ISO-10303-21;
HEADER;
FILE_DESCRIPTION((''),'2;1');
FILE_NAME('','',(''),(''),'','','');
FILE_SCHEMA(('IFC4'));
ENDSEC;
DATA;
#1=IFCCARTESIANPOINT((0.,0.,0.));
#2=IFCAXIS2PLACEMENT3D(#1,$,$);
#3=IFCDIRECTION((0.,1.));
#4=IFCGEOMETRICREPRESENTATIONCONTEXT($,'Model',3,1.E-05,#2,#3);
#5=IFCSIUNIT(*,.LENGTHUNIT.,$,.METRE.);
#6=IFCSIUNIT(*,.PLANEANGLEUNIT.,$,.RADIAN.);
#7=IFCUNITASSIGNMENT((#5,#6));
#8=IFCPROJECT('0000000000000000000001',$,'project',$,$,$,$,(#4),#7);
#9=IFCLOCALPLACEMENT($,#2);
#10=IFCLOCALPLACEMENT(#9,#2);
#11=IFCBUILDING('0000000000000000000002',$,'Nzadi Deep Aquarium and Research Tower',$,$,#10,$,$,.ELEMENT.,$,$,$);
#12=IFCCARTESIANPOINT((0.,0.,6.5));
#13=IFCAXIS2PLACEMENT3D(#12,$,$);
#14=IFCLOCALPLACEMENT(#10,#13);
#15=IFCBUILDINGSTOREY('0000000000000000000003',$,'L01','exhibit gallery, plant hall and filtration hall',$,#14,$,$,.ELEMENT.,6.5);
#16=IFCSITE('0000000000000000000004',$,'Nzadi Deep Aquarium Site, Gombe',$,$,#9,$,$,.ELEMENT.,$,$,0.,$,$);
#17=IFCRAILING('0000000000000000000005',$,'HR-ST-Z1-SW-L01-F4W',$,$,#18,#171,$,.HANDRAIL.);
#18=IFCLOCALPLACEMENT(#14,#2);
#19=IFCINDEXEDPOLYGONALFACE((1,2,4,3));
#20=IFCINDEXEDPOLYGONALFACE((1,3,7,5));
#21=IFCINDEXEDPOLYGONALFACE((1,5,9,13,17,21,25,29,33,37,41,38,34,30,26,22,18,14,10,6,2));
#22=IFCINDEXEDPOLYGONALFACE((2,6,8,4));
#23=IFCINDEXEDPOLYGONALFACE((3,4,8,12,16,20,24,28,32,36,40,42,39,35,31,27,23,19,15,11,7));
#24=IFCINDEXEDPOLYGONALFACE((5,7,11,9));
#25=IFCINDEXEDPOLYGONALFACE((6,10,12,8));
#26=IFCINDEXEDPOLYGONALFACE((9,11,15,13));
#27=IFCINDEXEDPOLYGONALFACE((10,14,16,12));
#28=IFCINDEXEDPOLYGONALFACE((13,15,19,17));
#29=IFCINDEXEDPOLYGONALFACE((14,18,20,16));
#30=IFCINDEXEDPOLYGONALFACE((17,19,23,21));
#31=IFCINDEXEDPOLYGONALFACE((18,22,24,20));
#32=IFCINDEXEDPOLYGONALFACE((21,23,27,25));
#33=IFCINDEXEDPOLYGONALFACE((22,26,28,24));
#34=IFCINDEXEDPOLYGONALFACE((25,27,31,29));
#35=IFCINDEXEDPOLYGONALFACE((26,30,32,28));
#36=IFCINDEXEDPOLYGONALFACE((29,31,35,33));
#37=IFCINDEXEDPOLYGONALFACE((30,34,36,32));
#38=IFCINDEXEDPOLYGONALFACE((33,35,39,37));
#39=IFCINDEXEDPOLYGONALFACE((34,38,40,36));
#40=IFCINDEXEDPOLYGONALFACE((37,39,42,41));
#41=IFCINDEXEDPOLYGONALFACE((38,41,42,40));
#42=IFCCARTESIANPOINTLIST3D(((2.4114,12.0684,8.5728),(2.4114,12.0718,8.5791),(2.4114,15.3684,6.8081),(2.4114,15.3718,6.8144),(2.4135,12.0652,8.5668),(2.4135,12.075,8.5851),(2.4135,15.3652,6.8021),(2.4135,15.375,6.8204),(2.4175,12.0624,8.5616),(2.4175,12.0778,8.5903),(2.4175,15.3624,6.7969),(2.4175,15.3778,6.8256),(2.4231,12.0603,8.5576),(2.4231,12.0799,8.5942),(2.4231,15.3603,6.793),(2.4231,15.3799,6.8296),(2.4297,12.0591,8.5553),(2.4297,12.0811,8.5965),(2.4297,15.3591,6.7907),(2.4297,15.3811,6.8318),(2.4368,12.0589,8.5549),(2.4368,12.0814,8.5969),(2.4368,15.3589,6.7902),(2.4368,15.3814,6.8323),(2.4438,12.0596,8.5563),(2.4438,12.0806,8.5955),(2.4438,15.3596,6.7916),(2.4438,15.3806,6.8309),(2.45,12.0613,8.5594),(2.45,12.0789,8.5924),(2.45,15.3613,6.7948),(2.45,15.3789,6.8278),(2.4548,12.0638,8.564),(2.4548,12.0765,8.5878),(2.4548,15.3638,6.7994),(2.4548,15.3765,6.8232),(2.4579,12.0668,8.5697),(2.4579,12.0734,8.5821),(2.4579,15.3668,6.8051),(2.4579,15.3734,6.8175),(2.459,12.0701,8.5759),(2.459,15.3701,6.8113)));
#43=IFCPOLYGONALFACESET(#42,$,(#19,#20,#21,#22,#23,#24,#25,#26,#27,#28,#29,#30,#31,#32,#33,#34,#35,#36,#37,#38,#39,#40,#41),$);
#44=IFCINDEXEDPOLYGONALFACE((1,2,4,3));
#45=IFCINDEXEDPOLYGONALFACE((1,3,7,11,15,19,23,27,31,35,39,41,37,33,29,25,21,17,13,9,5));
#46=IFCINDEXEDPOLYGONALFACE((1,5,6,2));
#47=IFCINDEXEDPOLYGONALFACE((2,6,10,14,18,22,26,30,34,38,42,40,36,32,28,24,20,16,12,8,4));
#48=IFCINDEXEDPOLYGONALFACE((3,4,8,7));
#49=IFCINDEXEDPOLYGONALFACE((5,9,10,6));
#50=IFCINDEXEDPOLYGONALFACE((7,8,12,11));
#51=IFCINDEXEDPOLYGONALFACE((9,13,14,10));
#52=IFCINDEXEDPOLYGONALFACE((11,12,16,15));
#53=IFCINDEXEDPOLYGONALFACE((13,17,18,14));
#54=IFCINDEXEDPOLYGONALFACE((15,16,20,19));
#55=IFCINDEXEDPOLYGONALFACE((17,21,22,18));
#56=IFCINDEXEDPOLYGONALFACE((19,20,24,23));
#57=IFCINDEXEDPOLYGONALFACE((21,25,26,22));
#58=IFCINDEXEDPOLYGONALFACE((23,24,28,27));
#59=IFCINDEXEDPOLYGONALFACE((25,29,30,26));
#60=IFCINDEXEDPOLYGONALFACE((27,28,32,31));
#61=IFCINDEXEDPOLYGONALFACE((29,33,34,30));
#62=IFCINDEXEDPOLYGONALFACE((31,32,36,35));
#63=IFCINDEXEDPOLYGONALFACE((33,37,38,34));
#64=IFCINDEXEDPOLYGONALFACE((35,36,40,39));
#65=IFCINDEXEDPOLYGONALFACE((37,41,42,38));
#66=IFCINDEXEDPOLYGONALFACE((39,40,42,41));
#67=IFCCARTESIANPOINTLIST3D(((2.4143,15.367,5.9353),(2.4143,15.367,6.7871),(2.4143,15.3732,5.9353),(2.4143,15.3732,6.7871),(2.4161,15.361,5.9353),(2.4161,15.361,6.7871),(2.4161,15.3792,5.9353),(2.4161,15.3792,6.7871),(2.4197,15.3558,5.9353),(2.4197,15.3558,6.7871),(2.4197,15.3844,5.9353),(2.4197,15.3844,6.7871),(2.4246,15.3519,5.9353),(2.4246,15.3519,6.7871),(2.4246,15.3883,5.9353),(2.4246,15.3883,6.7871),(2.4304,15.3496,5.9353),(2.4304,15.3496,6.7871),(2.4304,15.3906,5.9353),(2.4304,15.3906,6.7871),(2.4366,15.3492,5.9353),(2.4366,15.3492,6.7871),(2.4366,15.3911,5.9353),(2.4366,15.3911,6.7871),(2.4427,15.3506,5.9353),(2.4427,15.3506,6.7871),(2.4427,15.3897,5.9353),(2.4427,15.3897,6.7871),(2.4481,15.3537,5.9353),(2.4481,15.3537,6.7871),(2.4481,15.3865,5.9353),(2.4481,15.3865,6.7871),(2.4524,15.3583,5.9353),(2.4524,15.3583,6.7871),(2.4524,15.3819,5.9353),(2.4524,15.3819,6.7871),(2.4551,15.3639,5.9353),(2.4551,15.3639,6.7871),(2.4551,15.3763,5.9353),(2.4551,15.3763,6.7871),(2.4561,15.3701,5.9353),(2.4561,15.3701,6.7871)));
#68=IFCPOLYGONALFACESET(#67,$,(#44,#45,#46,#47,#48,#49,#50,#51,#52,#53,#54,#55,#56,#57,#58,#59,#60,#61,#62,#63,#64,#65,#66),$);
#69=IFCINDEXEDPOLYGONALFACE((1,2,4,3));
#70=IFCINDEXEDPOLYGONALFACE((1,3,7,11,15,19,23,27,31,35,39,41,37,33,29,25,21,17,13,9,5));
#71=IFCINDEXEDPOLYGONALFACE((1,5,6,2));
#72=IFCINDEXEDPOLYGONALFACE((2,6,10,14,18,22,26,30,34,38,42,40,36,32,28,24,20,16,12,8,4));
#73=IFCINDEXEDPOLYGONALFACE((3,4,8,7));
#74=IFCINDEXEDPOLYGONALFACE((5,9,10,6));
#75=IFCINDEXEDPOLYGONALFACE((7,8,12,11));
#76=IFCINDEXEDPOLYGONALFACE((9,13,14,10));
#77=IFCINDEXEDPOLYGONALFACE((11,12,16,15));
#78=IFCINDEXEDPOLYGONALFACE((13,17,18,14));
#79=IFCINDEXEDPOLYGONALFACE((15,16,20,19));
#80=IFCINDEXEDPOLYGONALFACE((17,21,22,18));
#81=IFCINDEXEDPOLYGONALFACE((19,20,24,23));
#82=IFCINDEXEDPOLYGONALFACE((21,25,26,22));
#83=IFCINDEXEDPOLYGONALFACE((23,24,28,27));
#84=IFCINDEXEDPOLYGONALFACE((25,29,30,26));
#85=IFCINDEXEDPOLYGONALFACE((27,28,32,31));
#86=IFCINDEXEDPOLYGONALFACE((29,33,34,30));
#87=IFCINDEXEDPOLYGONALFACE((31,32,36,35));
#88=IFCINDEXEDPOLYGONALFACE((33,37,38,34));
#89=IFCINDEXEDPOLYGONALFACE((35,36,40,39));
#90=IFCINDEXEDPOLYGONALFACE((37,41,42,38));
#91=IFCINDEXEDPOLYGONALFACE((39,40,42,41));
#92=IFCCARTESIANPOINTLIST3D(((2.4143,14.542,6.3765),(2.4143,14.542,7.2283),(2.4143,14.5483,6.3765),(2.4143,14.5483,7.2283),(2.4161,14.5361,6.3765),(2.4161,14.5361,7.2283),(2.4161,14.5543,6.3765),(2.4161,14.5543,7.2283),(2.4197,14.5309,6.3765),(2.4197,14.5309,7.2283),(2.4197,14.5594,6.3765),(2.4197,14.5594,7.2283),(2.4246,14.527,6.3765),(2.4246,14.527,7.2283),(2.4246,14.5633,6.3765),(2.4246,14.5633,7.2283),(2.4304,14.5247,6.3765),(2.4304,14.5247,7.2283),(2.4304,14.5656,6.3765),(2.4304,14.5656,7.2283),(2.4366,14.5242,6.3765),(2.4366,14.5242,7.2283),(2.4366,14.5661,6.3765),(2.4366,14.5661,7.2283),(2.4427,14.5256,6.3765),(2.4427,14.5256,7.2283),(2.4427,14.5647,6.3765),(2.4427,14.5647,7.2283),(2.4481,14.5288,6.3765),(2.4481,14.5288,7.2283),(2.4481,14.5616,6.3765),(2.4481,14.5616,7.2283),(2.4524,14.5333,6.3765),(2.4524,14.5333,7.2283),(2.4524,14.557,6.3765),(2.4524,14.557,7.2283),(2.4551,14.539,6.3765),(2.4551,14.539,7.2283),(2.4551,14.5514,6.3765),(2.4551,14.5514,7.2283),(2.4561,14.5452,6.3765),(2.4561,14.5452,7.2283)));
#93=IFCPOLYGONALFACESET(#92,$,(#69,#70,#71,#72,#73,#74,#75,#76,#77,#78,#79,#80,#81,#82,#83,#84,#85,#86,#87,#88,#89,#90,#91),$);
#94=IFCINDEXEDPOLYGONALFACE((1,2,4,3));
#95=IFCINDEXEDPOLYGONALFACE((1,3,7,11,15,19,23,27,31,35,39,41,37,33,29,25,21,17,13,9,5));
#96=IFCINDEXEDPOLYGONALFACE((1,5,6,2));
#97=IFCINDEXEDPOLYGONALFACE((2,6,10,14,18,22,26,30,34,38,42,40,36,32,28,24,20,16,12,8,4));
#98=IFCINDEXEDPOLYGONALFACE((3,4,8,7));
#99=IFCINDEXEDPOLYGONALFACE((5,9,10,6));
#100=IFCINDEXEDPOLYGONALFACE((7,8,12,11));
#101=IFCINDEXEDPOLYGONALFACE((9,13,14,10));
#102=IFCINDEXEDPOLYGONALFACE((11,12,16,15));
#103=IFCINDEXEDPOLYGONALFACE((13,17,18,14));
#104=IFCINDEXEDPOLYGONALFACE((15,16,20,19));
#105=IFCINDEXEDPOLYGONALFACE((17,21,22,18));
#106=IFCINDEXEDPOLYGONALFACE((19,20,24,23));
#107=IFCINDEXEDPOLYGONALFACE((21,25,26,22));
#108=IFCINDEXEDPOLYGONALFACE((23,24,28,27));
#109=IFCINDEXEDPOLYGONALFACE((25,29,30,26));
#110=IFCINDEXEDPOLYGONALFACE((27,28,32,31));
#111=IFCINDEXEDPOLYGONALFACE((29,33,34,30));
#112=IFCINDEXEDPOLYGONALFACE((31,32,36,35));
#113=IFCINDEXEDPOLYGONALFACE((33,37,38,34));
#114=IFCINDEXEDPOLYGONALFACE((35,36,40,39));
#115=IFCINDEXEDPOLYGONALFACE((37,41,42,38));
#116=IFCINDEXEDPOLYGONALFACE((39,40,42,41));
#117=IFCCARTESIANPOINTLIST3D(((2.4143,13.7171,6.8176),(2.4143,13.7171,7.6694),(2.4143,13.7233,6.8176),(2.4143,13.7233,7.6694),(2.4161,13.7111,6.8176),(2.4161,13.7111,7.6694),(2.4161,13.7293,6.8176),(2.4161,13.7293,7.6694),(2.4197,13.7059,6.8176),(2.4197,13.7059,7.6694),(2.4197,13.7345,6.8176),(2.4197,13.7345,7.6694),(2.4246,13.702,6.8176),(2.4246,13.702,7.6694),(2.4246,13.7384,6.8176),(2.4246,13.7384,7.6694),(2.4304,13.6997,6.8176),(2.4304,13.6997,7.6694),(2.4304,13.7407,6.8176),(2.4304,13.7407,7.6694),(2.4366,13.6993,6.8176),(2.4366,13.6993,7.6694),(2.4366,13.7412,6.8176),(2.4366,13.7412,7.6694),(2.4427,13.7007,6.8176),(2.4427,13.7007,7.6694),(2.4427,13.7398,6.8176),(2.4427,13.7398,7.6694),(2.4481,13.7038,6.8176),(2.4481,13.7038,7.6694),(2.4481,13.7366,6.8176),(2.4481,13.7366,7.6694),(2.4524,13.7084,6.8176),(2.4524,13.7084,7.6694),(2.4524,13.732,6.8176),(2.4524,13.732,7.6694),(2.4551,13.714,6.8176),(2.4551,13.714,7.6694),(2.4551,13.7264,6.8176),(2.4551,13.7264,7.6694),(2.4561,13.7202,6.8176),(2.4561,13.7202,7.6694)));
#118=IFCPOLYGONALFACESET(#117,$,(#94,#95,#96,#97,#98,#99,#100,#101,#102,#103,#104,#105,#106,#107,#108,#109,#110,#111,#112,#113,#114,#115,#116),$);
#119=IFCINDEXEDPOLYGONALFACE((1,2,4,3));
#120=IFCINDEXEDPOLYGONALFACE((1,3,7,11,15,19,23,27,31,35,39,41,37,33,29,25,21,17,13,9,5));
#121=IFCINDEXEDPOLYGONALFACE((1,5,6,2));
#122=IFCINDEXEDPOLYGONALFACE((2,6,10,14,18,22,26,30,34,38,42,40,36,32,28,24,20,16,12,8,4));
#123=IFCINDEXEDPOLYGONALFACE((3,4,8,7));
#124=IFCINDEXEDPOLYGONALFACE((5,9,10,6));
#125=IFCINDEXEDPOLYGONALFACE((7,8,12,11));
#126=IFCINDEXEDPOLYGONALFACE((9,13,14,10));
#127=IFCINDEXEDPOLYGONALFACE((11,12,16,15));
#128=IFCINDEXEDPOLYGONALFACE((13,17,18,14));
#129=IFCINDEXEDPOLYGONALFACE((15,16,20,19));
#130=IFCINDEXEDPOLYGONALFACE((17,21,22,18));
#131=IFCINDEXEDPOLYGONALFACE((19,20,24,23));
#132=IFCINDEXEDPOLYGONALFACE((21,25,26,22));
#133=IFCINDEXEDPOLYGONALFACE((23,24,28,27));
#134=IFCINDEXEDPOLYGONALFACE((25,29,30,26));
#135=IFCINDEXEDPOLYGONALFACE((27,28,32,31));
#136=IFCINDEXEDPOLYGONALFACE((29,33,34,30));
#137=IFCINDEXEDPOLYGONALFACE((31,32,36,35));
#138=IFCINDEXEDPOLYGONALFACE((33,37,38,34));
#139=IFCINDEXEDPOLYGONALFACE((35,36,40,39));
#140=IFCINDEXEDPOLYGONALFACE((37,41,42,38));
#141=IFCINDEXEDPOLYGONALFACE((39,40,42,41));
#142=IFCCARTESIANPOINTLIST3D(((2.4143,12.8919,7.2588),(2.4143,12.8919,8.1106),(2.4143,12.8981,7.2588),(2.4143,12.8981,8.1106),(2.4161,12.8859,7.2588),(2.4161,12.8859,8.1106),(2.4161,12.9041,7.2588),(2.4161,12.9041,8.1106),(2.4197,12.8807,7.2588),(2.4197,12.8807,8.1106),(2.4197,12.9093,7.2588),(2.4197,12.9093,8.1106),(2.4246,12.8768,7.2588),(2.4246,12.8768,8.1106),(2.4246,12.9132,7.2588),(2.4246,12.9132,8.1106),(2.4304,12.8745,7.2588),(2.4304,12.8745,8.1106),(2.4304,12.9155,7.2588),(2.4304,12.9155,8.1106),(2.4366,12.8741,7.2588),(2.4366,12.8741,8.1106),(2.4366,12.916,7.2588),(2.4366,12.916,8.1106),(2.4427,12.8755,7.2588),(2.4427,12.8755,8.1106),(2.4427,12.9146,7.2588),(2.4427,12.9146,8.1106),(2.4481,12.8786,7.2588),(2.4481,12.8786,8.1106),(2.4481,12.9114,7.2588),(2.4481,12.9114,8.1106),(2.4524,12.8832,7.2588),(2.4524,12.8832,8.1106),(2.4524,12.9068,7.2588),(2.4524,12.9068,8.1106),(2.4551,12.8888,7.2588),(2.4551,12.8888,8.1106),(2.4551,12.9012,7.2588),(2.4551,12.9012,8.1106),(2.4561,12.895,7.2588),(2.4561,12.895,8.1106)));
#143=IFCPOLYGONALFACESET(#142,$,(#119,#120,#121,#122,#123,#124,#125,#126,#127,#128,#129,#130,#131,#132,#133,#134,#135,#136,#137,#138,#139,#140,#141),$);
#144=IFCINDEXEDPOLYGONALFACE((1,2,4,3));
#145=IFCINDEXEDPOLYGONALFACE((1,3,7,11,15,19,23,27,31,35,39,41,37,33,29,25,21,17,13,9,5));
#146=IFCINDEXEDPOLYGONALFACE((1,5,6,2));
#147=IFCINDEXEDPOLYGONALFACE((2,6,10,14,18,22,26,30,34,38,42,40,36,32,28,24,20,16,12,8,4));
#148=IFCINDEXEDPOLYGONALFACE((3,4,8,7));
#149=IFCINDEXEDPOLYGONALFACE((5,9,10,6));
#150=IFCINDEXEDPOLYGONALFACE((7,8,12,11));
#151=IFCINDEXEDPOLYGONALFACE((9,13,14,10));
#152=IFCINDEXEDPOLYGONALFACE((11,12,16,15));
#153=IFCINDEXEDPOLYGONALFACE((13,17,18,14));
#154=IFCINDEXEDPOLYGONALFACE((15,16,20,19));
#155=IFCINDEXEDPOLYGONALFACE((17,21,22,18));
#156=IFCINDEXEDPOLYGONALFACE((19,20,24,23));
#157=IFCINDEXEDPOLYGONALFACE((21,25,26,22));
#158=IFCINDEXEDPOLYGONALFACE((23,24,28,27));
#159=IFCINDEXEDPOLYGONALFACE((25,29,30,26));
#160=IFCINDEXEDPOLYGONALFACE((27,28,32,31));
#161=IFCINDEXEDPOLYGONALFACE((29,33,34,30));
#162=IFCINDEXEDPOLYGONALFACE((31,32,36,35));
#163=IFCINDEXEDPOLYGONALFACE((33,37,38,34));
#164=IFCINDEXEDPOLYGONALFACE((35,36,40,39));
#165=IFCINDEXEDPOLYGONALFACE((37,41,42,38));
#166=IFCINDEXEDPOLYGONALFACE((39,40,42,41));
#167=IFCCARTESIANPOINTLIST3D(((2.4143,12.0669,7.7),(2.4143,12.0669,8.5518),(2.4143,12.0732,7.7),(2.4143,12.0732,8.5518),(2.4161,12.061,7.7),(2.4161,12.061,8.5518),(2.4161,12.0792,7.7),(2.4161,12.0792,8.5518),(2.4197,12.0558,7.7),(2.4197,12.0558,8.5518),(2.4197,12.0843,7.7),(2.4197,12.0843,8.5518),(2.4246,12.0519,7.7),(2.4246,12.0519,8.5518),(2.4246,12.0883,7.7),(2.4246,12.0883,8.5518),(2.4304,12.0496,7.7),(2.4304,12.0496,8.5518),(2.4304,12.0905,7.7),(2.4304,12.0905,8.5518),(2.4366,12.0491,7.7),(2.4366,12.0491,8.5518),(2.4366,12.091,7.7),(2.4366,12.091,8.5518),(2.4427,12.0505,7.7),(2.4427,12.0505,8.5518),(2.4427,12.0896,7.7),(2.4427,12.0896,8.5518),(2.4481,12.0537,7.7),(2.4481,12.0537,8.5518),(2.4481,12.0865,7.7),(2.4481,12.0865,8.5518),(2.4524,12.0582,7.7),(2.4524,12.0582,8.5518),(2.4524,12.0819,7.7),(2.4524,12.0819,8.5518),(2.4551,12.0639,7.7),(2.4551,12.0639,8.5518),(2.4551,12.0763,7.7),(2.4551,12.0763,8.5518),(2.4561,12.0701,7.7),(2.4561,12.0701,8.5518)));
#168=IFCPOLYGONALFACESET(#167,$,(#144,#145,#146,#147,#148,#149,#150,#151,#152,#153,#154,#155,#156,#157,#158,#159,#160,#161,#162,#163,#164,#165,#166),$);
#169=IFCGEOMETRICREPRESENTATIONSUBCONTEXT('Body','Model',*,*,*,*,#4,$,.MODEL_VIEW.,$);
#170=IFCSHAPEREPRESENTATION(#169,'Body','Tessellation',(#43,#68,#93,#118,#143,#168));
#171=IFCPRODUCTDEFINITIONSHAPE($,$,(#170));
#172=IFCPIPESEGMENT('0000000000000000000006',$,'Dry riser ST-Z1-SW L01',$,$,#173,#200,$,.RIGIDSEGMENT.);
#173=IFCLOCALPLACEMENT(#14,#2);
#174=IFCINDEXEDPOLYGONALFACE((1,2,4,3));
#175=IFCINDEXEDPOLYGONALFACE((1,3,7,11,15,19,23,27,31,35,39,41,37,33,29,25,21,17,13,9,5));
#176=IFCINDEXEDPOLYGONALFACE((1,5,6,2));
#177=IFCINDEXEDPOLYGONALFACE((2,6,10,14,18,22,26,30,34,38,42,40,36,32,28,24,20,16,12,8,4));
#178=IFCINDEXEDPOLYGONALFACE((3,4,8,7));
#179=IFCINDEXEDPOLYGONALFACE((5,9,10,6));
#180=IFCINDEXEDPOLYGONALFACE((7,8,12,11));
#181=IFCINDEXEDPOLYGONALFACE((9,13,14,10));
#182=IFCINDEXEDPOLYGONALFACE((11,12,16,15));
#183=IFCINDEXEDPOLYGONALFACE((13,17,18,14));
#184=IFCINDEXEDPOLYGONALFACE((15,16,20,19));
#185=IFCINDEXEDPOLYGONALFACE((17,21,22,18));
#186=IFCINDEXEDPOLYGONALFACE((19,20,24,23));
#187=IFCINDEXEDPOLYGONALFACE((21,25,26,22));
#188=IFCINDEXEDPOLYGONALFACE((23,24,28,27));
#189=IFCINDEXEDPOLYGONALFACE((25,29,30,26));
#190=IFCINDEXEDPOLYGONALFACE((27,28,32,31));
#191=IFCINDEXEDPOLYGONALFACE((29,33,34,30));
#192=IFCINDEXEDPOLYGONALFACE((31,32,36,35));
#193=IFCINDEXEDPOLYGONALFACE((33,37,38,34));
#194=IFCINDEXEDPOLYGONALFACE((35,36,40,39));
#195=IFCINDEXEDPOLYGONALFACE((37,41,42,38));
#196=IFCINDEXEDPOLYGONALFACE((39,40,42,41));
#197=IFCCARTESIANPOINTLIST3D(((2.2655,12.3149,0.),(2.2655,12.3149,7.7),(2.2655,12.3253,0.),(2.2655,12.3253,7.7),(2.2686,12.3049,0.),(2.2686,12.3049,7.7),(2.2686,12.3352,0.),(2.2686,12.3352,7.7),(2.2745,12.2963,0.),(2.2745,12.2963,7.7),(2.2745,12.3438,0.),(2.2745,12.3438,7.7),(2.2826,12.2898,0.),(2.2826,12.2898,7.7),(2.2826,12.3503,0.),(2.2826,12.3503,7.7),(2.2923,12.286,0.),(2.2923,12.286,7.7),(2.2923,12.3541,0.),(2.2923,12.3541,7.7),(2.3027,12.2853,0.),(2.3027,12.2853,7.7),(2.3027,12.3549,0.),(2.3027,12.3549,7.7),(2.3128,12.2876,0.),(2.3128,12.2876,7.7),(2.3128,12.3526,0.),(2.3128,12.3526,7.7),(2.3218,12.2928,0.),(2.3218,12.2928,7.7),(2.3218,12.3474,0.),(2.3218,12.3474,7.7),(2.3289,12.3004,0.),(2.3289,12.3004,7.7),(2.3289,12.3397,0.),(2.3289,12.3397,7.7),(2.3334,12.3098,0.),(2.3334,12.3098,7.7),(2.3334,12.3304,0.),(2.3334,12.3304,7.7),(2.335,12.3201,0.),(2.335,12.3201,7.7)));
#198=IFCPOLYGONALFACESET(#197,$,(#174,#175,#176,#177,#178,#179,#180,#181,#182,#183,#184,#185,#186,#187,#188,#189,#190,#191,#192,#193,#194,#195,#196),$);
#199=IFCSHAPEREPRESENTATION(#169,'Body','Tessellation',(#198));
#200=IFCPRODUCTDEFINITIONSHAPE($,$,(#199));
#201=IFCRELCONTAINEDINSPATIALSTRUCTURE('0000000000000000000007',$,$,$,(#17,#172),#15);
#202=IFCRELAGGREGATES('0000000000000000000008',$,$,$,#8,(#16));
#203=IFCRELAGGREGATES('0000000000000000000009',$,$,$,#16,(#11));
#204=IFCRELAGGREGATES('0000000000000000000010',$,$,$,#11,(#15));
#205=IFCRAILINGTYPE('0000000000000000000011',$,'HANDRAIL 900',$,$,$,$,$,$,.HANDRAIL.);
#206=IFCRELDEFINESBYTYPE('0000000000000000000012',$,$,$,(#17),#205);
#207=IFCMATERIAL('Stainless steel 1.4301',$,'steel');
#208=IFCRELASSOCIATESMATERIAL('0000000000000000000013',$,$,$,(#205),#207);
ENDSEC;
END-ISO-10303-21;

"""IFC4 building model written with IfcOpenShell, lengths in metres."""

from ifc_helpers import new_model, si_unit, direction, frame, origin, origin_2d, place, context, subcontext, project, spatial, circle, extrude, material, type_object, element, save


model = new_model("IFC4")

# Units and contexts
model_context = context("Model", 3, precision=1e-05, world=origin(), true_north=direction((0.0, 1.0)))
body_context = subcontext(model_context, "Body", "Model", "MODEL_VIEW")
ifc_project = project(units=[si_unit("LENGTHUNIT", "METRE"), si_unit("PLANEANGLEUNIT", "RADIAN")], contexts=[model_context])

# Site, building, storey
site_placement = place(None, origin())
site = spatial("IfcSite", under=ifc_project, at=site_placement, Name="Nzadi Deep Aquarium Site, Gombe", CompositionType="ELEMENT", RefElevation=0.0)
building_placement = place(site_placement, origin())
building = spatial("IfcBuilding", under=site, at=building_placement, Name="Nzadi Deep Aquarium and Research Tower", CompositionType="ELEMENT")
storey_placement = place(building_placement, frame((0.0, 0.0, 6.5)))
storey = spatial("IfcBuildingStorey", under=building, at=storey_placement, Name="L01", Description="exhibit gallery, plant hall and filtration hall", CompositionType="ELEMENT", Elevation=6.5)

# Railing
ifc_material_1 = material(Name="Stainless steel 1.4301", Category="steel")
railing_type = type_object("IfcRailingType", Name="HANDRAIL 900", PredefinedType="HANDRAIL", material=ifc_material_1)
railing_1_placement = place(storey_placement, frame((2.4351, 15.3701, 5.9353)))
element("IfcRailing", 1, at=railing_1_placement, inside=storey, type_object=railing_type, Name="HR-ST-Z1-SW-L01-F4W", PredefinedType="HANDRAIL", context=body_context, shape_type="SweptSolid", body=[
    extrude(circle(Radius=0.0239, at=origin_2d()), frame((0.0, 0.0, 0.876), z_axis=(0.0, -0.88184, 0.47155), x_axis=(1.0, 0.0, 0.0)), (0.0, 0.0, 1.0), 3.7422),
    extrude(circle(Radius=0.021, at=origin_2d()), origin(), (0.0, 0.0, 1.0), 0.8518),
    extrude(circle(Radius=0.021, at=origin_2d()), frame((0.0, -0.825, 0.4412)), (0.0, 0.0, 1.0), 0.8518),
    extrude(circle(Radius=0.021, at=origin_2d()), frame((0.0, -1.6499, 0.8823)), (0.0, 0.0, 1.0), 0.8518),
    extrude(circle(Radius=0.021, at=origin_2d()), frame((0.0, -2.4751, 1.3235)), (0.0, 0.0, 1.0), 0.8518),
    extrude(circle(Radius=0.021, at=origin_2d()), frame((0.0, -3.3, 1.7646)), (0.0, 0.0, 1.0), 0.8518),
])

# Pipe segment
pipe_segment_placement = place(storey_placement, frame((2.3, 12.3201, 0.0), z_axis=(0.0, 0.0, 1.0), x_axis=(1.0, 0.0, 0.0)))
element("IfcPipeSegment", 2, at=pipe_segment_placement, inside=storey, Name="Dry riser ST-Z1-SW L01", PredefinedType="RIGIDSEGMENT", context=body_context, shape_type="SweptSolid", body=[
    extrude(circle(Radius=0.0349, at=origin_2d()), origin(), (0.0, 0.0, 1.0), 7.7),
])

save(model, "model.ifc")
